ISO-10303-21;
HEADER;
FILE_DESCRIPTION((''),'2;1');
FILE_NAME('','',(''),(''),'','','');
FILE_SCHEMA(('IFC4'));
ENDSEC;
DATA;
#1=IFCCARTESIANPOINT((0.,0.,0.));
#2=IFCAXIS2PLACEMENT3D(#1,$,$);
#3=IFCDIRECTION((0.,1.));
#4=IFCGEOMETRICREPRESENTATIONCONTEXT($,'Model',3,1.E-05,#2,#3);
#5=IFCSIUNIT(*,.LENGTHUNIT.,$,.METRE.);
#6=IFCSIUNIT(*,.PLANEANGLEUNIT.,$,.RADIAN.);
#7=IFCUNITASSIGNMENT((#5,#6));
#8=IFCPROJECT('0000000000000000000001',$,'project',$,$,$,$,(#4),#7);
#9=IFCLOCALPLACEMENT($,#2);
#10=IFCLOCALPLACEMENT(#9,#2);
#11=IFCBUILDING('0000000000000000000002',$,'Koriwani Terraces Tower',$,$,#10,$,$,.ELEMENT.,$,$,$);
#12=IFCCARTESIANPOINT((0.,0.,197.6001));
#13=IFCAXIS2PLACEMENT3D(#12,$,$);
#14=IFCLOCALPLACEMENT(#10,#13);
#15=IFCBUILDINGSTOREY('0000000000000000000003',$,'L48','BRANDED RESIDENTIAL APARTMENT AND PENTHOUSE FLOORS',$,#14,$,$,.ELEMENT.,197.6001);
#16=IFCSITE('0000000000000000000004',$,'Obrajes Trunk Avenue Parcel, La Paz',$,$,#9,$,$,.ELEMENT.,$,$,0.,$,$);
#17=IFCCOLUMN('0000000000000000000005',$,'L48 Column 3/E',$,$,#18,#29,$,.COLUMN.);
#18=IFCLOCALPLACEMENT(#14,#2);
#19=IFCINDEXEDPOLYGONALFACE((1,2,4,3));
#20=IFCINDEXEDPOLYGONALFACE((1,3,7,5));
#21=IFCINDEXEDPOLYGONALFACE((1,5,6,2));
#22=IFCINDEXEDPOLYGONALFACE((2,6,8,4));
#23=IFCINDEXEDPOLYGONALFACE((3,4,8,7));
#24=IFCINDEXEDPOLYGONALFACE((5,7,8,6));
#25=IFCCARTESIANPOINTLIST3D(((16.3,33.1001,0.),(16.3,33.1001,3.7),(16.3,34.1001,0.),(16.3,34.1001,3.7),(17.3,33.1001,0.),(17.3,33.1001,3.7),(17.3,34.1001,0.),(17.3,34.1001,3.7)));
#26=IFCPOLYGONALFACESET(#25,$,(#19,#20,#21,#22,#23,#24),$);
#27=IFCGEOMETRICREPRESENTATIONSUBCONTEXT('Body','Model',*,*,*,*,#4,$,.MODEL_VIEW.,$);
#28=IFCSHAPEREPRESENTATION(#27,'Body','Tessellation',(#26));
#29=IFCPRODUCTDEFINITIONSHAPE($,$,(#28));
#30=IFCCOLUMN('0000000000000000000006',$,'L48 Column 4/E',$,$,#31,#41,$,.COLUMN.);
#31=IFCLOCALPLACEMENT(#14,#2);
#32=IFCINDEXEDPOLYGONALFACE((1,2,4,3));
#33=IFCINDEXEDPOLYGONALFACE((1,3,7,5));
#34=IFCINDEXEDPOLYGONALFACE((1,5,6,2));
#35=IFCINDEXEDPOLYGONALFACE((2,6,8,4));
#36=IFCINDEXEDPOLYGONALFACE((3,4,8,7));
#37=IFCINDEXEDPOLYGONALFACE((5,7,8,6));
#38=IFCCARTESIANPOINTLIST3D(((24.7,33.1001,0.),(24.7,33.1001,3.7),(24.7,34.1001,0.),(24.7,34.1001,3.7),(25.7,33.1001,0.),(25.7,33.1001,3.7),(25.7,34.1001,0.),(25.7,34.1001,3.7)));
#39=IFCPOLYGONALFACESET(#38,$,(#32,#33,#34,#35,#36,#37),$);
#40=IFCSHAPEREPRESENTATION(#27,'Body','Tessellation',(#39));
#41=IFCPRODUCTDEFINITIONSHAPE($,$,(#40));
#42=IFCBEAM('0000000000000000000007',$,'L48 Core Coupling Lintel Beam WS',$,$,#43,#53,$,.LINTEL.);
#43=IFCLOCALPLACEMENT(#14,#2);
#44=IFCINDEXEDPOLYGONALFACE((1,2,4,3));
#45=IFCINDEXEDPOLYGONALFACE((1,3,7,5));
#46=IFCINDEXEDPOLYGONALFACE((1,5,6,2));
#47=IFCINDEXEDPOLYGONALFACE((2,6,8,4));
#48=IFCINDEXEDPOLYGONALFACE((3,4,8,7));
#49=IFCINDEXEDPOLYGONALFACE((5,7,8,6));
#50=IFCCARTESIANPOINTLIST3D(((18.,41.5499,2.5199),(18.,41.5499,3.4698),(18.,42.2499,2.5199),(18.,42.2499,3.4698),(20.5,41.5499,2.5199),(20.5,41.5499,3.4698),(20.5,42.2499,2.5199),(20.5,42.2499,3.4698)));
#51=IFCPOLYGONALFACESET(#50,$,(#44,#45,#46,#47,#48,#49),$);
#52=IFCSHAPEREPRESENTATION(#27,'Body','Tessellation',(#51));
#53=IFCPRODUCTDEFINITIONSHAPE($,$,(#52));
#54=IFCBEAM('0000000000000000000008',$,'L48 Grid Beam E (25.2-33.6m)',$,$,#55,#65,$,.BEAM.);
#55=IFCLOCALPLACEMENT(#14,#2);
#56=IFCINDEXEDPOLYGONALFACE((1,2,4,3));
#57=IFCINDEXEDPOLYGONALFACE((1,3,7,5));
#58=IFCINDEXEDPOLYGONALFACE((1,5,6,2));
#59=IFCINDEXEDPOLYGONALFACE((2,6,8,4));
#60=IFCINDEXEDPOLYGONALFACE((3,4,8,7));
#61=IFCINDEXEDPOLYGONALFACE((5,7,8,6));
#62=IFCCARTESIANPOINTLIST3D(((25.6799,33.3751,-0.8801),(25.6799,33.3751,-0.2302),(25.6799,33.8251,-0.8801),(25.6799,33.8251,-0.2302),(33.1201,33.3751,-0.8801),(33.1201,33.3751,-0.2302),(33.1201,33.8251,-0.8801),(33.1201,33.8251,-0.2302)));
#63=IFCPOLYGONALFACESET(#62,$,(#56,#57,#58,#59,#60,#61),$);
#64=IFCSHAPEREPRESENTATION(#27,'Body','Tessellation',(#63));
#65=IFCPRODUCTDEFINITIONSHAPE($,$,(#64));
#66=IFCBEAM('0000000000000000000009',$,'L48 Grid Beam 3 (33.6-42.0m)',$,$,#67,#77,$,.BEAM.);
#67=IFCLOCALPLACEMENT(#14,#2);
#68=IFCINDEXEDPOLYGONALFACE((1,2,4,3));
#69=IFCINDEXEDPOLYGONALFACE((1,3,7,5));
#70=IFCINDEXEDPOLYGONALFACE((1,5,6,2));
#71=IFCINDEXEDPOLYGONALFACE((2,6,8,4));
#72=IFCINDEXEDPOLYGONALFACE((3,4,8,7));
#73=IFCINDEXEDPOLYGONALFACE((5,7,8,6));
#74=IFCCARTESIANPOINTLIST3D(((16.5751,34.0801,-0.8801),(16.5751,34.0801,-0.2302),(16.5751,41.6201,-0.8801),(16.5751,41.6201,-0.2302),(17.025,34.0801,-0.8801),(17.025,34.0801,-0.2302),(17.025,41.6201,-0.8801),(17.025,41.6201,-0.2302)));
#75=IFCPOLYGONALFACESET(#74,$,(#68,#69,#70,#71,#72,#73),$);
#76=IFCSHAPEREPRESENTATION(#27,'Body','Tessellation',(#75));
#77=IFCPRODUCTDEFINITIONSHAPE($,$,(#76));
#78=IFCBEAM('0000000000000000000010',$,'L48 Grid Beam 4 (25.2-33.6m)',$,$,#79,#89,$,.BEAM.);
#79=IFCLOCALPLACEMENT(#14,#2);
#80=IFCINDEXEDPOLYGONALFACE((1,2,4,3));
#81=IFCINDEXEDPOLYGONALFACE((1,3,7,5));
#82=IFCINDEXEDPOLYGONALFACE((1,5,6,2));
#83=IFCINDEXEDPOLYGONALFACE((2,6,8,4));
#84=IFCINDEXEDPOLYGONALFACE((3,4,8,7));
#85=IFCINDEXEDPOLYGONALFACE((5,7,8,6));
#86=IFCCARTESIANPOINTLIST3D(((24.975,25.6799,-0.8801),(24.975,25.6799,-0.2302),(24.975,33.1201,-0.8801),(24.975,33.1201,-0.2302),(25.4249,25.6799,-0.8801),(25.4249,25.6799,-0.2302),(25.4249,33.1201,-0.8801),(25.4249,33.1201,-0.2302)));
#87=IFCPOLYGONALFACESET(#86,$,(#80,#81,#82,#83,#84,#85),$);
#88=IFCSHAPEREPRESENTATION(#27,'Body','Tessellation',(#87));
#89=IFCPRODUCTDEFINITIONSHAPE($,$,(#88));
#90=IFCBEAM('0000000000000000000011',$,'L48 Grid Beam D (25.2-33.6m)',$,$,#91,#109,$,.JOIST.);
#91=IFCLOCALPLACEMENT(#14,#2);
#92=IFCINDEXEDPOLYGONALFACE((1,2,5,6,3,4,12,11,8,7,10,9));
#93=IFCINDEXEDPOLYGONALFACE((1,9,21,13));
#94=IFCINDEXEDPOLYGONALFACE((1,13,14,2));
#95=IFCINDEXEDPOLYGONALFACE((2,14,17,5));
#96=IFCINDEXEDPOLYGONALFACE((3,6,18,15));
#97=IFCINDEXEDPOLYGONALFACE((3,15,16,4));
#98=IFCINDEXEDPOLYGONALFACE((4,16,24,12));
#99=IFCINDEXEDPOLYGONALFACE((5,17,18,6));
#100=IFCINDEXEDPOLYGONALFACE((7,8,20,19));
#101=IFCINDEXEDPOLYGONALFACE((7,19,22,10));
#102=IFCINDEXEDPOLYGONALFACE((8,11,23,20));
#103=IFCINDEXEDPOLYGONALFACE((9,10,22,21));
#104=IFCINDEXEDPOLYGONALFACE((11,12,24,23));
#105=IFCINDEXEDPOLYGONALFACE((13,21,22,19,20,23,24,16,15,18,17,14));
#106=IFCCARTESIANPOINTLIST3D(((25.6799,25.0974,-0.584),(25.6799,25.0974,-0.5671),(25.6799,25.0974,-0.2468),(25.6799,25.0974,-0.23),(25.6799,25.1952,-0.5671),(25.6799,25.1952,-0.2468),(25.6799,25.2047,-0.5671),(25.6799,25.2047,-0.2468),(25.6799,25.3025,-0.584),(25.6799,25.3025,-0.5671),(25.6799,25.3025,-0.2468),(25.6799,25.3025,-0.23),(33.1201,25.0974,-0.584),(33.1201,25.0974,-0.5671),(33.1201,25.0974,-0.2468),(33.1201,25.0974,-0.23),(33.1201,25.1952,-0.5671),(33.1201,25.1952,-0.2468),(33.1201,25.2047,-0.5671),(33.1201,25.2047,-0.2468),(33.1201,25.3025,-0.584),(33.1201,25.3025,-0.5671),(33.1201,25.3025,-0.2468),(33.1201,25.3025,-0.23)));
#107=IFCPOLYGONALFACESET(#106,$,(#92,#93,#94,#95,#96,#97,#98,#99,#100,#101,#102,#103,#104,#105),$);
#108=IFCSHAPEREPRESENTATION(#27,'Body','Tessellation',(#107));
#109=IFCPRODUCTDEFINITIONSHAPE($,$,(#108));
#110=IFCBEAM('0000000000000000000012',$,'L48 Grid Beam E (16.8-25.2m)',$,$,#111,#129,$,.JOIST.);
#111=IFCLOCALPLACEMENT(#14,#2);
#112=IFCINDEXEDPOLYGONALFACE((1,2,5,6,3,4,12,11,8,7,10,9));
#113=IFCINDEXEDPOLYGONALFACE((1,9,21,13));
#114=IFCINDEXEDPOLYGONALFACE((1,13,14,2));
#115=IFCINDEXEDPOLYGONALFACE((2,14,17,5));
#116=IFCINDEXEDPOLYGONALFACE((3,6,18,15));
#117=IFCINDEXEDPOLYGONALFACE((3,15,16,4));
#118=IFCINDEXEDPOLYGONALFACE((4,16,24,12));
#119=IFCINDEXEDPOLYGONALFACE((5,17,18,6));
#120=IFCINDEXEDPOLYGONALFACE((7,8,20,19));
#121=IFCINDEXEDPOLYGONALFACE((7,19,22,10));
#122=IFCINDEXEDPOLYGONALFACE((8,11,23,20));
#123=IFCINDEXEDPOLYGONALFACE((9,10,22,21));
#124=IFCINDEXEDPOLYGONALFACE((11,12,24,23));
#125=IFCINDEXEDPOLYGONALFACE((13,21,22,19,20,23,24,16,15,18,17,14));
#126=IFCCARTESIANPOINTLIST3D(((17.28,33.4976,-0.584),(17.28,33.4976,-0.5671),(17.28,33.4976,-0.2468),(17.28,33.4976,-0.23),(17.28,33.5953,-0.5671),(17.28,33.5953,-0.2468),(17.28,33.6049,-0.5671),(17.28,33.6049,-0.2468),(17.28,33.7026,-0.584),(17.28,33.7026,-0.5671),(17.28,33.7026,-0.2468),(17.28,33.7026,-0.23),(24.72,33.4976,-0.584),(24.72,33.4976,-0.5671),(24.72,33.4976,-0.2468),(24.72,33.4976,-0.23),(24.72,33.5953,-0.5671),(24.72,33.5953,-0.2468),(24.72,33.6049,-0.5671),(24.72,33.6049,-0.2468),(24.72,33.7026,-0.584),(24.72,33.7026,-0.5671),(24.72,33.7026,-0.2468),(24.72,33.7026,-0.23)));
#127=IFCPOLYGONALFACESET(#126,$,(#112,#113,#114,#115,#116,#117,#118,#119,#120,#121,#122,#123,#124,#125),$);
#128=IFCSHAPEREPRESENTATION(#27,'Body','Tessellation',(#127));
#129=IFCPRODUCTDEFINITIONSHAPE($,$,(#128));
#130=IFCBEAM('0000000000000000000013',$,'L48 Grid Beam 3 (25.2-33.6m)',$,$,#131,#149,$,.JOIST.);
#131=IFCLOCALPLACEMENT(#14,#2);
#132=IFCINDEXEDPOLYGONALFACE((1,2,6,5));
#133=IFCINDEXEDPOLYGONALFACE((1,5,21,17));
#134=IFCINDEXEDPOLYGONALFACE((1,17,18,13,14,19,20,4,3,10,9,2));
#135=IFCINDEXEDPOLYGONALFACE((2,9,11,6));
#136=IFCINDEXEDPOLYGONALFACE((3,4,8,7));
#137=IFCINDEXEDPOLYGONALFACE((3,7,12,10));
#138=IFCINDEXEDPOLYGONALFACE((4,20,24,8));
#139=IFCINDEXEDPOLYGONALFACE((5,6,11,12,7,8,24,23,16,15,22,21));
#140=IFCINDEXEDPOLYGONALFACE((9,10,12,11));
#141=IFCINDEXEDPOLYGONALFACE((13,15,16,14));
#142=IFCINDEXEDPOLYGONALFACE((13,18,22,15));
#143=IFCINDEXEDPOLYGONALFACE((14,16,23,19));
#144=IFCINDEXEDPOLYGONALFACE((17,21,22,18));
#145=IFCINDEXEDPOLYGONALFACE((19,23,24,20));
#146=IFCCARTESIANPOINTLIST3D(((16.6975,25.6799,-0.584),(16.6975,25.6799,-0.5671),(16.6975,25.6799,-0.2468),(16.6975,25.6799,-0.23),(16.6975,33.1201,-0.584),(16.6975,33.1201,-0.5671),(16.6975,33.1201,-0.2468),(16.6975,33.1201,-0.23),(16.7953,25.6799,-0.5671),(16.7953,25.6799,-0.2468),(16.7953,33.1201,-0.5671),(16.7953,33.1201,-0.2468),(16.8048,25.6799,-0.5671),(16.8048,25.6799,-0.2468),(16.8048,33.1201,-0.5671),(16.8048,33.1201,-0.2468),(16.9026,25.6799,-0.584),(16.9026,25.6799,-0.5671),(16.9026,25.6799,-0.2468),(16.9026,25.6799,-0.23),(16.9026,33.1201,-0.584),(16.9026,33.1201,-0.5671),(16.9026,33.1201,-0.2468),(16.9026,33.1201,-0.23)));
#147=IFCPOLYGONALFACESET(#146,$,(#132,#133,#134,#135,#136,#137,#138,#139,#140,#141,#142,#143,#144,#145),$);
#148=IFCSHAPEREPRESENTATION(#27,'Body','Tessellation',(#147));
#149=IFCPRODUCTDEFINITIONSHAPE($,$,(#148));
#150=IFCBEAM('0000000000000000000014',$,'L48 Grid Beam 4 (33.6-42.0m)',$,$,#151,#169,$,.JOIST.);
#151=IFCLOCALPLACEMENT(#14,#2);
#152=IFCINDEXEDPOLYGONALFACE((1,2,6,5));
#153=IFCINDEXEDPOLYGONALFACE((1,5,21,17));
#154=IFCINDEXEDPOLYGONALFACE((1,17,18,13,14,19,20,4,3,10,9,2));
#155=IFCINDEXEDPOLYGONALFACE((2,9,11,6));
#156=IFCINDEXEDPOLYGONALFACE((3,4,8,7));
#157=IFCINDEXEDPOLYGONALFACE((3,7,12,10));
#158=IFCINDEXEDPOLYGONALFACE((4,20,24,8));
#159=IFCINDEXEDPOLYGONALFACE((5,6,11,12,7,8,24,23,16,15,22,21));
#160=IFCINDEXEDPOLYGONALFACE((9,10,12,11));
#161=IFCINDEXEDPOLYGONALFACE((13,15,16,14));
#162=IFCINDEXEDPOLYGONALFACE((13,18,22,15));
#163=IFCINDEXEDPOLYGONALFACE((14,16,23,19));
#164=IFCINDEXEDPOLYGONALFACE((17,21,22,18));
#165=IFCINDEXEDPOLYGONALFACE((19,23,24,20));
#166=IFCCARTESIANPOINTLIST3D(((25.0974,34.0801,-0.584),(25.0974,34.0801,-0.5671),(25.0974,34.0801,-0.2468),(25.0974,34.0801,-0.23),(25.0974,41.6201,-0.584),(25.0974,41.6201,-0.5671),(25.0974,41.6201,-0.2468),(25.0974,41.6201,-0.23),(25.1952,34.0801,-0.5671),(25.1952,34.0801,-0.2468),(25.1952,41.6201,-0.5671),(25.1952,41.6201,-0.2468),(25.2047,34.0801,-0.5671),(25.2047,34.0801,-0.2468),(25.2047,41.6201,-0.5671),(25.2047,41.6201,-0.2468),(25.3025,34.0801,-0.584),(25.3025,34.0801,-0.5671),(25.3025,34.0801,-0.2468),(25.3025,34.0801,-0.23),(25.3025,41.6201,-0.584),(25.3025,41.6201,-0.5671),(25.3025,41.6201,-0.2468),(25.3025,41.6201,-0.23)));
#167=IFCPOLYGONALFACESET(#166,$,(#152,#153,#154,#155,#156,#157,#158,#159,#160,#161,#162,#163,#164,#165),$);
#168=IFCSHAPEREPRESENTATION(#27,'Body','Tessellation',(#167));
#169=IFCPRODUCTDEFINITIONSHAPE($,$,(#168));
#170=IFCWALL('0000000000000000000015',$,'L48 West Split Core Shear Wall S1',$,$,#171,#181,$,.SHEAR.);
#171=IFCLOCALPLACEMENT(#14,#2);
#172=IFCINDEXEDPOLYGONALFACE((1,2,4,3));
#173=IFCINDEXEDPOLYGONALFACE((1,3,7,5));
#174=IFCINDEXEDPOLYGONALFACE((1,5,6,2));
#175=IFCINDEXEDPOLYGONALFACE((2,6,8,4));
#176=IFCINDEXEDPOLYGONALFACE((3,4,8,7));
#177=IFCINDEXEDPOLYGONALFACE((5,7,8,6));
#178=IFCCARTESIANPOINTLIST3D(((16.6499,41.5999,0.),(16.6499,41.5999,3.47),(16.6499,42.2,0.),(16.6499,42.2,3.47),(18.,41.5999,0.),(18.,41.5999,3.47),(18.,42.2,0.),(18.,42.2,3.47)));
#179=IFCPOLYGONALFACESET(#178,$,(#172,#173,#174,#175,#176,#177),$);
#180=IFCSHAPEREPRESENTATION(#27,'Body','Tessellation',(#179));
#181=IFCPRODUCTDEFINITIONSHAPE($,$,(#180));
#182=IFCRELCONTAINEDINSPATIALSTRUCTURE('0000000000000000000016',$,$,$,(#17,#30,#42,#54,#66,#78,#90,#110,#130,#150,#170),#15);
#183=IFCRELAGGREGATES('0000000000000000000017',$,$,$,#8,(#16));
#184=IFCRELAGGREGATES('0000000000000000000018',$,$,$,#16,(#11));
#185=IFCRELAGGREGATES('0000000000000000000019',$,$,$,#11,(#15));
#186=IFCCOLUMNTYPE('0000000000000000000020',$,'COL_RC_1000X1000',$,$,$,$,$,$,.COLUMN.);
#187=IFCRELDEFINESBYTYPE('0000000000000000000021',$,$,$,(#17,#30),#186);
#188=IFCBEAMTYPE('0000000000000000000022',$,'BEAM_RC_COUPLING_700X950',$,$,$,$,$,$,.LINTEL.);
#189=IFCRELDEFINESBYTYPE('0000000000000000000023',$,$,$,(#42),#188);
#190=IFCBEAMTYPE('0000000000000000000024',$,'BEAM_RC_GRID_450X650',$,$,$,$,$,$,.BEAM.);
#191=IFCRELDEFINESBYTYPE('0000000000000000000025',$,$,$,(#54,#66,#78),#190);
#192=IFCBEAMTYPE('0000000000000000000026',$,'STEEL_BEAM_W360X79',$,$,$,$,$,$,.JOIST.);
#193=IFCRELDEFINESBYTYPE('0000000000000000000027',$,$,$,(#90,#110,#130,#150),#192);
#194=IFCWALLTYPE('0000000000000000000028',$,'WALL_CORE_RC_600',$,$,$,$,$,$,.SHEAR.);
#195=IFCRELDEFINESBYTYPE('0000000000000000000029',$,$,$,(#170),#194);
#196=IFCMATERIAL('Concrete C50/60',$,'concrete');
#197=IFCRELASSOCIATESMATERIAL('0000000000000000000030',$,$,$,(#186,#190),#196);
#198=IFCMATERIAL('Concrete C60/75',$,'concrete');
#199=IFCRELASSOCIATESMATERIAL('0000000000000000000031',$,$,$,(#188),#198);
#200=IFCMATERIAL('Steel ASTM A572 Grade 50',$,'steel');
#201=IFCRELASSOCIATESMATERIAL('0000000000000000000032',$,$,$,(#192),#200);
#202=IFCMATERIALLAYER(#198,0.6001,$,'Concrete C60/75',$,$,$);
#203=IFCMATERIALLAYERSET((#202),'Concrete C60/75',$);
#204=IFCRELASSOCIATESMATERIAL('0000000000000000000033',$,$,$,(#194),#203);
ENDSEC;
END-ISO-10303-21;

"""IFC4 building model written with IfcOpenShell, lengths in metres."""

from ifc_helpers import new_model, si_unit, direction, frame, frame_2d, origin, origin_2d, place, context, subcontext, project, spatial, rectangle, i_section, extrude, material, layer, layer_set, material_profile, profile_set, type_object, element, save


model = new_model("IFC4")

# Units and contexts
model_context = context("Model", 3, precision=1e-05, world=origin(), true_north=direction((0.0, 1.0)))
body_context = subcontext(model_context, "Body", "Model", "MODEL_VIEW")
ifc_project = project(units=[si_unit("LENGTHUNIT", "METRE"), si_unit("PLANEANGLEUNIT", "RADIAN")], contexts=[model_context])

# Site, building, storey
site_placement = place(None, origin())
site = spatial("IfcSite", under=ifc_project, at=site_placement, Name="Obrajes Trunk Avenue Parcel, La Paz", CompositionType="ELEMENT", RefElevation=0.0)
building_placement = place(site_placement, origin())
building = spatial("IfcBuilding", under=site, at=building_placement, Name="Koriwani Terraces Tower", CompositionType="ELEMENT")
storey_placement = place(building_placement, frame((0.0, 0.0, 197.6001)))
storey = spatial("IfcBuildingStorey", under=building, at=storey_placement, Name="L48", Description="BRANDED RESIDENTIAL APARTMENT AND PENTHOUSE FLOORS", CompositionType="ELEMENT", Elevation=197.6001)

# Columns
ifc_material_1 = material(Name="Concrete C50/60", Category="concrete")
ifc_material_profile_1 = material_profile(ifc_material_1, rectangle(XDim=1.0, YDim=1.0, at=origin_2d()), Name="Concrete C50/60", Category="LoadBearing")
ifc_profile_set_1 = profile_set([ifc_material_profile_1], Name="Concrete C50/60")
column_type = type_object("IfcColumnType", Name="COL_RC_1000X1000", PredefinedType="COLUMN", material=ifc_profile_set_1)
for number, where, z_axis, x_axis, name in (
    (1, (16.8, 33.6001, 0.0), (0.0, 0.0, 1.0), (1.0, 0.0, 0.0), "L48 Column 3/E"),
    (2, (25.2, 33.6001, 0.0), (0.0, 0.0, 1.0), (1.0, 0.0, 0.0), "L48 Column 4/E"),
):
    element("IfcColumn", number, at=place(storey_placement, frame(where, z_axis=z_axis, x_axis=x_axis)), inside=storey, type_object=column_type, Name=name, PredefinedType="COLUMN", context=body_context, shape_type="SweptSolid", body=[
        extrude(rectangle(XDim=1.0, YDim=1.0, at=origin_2d()), origin(), (0.0, 0.0, 1.0), 3.7),
    ])

# Beams
ifc_material_2 = material(Name="Concrete C60/75", Category="concrete")
ifc_material_profile_2 = material_profile(ifc_material_2, rectangle(XDim=0.7, YDim=0.95, at=origin_2d()), Name="Concrete C60/75", Category="LoadBearing")
ifc_profile_set_2 = profile_set([ifc_material_profile_2], Name="Concrete C60/75")
beam_type_1 = type_object("IfcBeamType", Name="BEAM_RC_COUPLING_700X950", PredefinedType="LINTEL", material=ifc_profile_set_2)
beam_1_placement = place(storey_placement, frame((18.0, 41.8999, 2.9949), z_axis=(1.0, 0.0, 0.0), x_axis=(0.0, 1.0, 0.0)))
element("IfcBeam", 3, at=beam_1_placement, inside=storey, type_object=beam_type_1, Name="L48 Core Coupling Lintel Beam WS", PredefinedType="LINTEL", context=body_context, shape_type="SweptSolid", body=[
    extrude(rectangle(XDim=0.7, YDim=0.95, at=origin_2d()), origin(), (0.0, 0.0, 1.0), 2.5),
])
ifc_material_profile_3 = material_profile(ifc_material_1, rectangle(XDim=0.45, YDim=0.6499, at=origin_2d()), Name="Concrete C50/60", Category="LoadBearing")
ifc_profile_set_3 = profile_set([ifc_material_profile_3], Name="Concrete C50/60")
beam_type_2 = type_object("IfcBeamType", Name="BEAM_RC_GRID_450X650", PredefinedType="BEAM", material=ifc_profile_set_3)
beam_2_placement = place(storey_placement, frame((25.6799, 33.6001, -0.5552), z_axis=(1.0, 0.0, 0.0), x_axis=(0.0, 1.0, 0.0)))
element("IfcBeam", 4, at=beam_2_placement, inside=storey, type_object=beam_type_2, Name="L48 Grid Beam E (25.2-33.6m)", PredefinedType="BEAM", context=body_context, shape_type="SweptSolid", body=[
    extrude(rectangle(XDim=0.45, YDim=0.6499, at=origin_2d()), origin(), (0.0, 0.0, 1.0), 7.4402),
])
beam_3_placement = place(storey_placement, frame((16.8, 34.0801, -0.5552), z_axis=(0.0, 1.0, 0.0), x_axis=(-1.0, 0.0, 0.0)))
element("IfcBeam", 5, at=beam_3_placement, inside=storey, type_object=beam_type_2, Name="L48 Grid Beam 3 (33.6-42.0m)", PredefinedType="BEAM", context=body_context, shape_type="SweptSolid", body=[
    extrude(rectangle(XDim=0.45, YDim=0.6499, at=origin_2d()), origin(), (0.0, 0.0, 1.0), 7.54),
])
beam_4_placement = place(storey_placement, frame((25.2, 25.6799, -0.5552), z_axis=(0.0, 1.0, 0.0), x_axis=(-1.0, 0.0, 0.0)))
element("IfcBeam", 6, at=beam_4_placement, inside=storey, type_object=beam_type_2, Name="L48 Grid Beam 4 (25.2-33.6m)", PredefinedType="BEAM", context=body_context, shape_type="SweptSolid", body=[
    extrude(rectangle(XDim=0.45, YDim=0.6499, at=origin_2d()), origin(), (0.0, 0.0, 1.0), 7.4402),
])
ifc_material_3 = material(Name="Steel ASTM A572 Grade 50", Category="steel")
ifc_material_profile_4 = material_profile(ifc_material_3, i_section(OverallWidth=0.2051, OverallDepth=0.354, WebThickness=0.0095, FlangeThickness=0.0168, at=origin_2d()), Name="Steel ASTM A572 Grade 50", Category="LoadBearing")
ifc_profile_set_4 = profile_set([ifc_material_profile_4], Name="Steel ASTM A572 Grade 50")
beam_type_3 = type_object("IfcBeamType", Name="STEEL_BEAM_W360X79", PredefinedType="JOIST", material=ifc_profile_set_4)
beam_5_placement = place(storey_placement, frame((25.6799, 25.2, -0.407), z_axis=(1.0, 0.0, 0.0), x_axis=(0.0, 1.0, 0.0)))
element("IfcBeam", 7, at=beam_5_placement, inside=storey, type_object=beam_type_3, Name="L48 Grid Beam D (25.2-33.6m)", PredefinedType="JOIST", context=body_context, shape_type="SweptSolid", body=[
    extrude(i_section(OverallWidth=0.2051, OverallDepth=0.354, WebThickness=0.0095, FlangeThickness=0.0168, at=origin_2d()), origin(), (0.0, 0.0, 1.0), 7.4402),
])
beam_6_placement = place(storey_placement, frame((17.28, 33.6001, -0.407), z_axis=(1.0, 0.0, 0.0), x_axis=(0.0, 1.0, 0.0)))
element("IfcBeam", 8, at=beam_6_placement, inside=storey, type_object=beam_type_3, Name="L48 Grid Beam E (16.8-25.2m)", PredefinedType="JOIST", context=body_context, shape_type="SweptSolid", body=[
    extrude(i_section(OverallWidth=0.2051, OverallDepth=0.354, WebThickness=0.0095, FlangeThickness=0.0168, at=origin_2d()), origin(), (0.0, 0.0, 1.0), 7.4399),
])
beam_7_placement = place(storey_placement, frame((16.8, 25.6799, -0.407), z_axis=(0.0, 1.0, 0.0), x_axis=(-1.0, 0.0, 0.0)))
element("IfcBeam", 9, at=beam_7_placement, inside=storey, type_object=beam_type_3, Name="L48 Grid Beam 3 (25.2-33.6m)", PredefinedType="JOIST", context=body_context, shape_type="SweptSolid", body=[
    extrude(i_section(OverallWidth=0.2051, OverallDepth=0.354, WebThickness=0.0095, FlangeThickness=0.0168, at=origin_2d()), origin(), (0.0, 0.0, 1.0), 7.4402),
])
beam_8_placement = place(storey_placement, frame((25.2, 34.0801, -0.407), z_axis=(0.0, 1.0, 0.0), x_axis=(-1.0, 0.0, 0.0)))
element("IfcBeam", 10, at=beam_8_placement, inside=storey, type_object=beam_type_3, Name="L48 Grid Beam 4 (33.6-42.0m)", PredefinedType="JOIST", context=body_context, shape_type="SweptSolid", body=[
    extrude(i_section(OverallWidth=0.2051, OverallDepth=0.354, WebThickness=0.0095, FlangeThickness=0.0168, at=origin_2d()), origin(), (0.0, 0.0, 1.0), 7.54),
])

# Wall
ifc_layer_1 = layer(ifc_material_2, 0.6001, Name="Concrete C60/75")
ifc_layer_set_1 = layer_set([ifc_layer_1], Name="Concrete C60/75")
wall_type_1 = type_object("IfcWallType", Name="WALL_CORE_RC_600", PredefinedType="SHEAR", material=ifc_layer_set_1)
wall_1_placement = place(storey_placement, frame((16.6499, 41.8999, 0.0), z_axis=(0.0, 0.0, 1.0), x_axis=(1.0, 0.0, 0.0)))
element("IfcWall", 11, at=wall_1_placement, inside=storey, type_object=wall_type_1, Name="L48 West Split Core Shear Wall S1", PredefinedType="SHEAR", context=body_context, shape_type="SweptSolid", body=[
    extrude(rectangle(XDim=1.3501, YDim=0.6001, at=frame_2d((0.675, 0.0))), origin(), (0.0, 0.0, 1.0), 3.47),
])

save(model, "model.ifc")
